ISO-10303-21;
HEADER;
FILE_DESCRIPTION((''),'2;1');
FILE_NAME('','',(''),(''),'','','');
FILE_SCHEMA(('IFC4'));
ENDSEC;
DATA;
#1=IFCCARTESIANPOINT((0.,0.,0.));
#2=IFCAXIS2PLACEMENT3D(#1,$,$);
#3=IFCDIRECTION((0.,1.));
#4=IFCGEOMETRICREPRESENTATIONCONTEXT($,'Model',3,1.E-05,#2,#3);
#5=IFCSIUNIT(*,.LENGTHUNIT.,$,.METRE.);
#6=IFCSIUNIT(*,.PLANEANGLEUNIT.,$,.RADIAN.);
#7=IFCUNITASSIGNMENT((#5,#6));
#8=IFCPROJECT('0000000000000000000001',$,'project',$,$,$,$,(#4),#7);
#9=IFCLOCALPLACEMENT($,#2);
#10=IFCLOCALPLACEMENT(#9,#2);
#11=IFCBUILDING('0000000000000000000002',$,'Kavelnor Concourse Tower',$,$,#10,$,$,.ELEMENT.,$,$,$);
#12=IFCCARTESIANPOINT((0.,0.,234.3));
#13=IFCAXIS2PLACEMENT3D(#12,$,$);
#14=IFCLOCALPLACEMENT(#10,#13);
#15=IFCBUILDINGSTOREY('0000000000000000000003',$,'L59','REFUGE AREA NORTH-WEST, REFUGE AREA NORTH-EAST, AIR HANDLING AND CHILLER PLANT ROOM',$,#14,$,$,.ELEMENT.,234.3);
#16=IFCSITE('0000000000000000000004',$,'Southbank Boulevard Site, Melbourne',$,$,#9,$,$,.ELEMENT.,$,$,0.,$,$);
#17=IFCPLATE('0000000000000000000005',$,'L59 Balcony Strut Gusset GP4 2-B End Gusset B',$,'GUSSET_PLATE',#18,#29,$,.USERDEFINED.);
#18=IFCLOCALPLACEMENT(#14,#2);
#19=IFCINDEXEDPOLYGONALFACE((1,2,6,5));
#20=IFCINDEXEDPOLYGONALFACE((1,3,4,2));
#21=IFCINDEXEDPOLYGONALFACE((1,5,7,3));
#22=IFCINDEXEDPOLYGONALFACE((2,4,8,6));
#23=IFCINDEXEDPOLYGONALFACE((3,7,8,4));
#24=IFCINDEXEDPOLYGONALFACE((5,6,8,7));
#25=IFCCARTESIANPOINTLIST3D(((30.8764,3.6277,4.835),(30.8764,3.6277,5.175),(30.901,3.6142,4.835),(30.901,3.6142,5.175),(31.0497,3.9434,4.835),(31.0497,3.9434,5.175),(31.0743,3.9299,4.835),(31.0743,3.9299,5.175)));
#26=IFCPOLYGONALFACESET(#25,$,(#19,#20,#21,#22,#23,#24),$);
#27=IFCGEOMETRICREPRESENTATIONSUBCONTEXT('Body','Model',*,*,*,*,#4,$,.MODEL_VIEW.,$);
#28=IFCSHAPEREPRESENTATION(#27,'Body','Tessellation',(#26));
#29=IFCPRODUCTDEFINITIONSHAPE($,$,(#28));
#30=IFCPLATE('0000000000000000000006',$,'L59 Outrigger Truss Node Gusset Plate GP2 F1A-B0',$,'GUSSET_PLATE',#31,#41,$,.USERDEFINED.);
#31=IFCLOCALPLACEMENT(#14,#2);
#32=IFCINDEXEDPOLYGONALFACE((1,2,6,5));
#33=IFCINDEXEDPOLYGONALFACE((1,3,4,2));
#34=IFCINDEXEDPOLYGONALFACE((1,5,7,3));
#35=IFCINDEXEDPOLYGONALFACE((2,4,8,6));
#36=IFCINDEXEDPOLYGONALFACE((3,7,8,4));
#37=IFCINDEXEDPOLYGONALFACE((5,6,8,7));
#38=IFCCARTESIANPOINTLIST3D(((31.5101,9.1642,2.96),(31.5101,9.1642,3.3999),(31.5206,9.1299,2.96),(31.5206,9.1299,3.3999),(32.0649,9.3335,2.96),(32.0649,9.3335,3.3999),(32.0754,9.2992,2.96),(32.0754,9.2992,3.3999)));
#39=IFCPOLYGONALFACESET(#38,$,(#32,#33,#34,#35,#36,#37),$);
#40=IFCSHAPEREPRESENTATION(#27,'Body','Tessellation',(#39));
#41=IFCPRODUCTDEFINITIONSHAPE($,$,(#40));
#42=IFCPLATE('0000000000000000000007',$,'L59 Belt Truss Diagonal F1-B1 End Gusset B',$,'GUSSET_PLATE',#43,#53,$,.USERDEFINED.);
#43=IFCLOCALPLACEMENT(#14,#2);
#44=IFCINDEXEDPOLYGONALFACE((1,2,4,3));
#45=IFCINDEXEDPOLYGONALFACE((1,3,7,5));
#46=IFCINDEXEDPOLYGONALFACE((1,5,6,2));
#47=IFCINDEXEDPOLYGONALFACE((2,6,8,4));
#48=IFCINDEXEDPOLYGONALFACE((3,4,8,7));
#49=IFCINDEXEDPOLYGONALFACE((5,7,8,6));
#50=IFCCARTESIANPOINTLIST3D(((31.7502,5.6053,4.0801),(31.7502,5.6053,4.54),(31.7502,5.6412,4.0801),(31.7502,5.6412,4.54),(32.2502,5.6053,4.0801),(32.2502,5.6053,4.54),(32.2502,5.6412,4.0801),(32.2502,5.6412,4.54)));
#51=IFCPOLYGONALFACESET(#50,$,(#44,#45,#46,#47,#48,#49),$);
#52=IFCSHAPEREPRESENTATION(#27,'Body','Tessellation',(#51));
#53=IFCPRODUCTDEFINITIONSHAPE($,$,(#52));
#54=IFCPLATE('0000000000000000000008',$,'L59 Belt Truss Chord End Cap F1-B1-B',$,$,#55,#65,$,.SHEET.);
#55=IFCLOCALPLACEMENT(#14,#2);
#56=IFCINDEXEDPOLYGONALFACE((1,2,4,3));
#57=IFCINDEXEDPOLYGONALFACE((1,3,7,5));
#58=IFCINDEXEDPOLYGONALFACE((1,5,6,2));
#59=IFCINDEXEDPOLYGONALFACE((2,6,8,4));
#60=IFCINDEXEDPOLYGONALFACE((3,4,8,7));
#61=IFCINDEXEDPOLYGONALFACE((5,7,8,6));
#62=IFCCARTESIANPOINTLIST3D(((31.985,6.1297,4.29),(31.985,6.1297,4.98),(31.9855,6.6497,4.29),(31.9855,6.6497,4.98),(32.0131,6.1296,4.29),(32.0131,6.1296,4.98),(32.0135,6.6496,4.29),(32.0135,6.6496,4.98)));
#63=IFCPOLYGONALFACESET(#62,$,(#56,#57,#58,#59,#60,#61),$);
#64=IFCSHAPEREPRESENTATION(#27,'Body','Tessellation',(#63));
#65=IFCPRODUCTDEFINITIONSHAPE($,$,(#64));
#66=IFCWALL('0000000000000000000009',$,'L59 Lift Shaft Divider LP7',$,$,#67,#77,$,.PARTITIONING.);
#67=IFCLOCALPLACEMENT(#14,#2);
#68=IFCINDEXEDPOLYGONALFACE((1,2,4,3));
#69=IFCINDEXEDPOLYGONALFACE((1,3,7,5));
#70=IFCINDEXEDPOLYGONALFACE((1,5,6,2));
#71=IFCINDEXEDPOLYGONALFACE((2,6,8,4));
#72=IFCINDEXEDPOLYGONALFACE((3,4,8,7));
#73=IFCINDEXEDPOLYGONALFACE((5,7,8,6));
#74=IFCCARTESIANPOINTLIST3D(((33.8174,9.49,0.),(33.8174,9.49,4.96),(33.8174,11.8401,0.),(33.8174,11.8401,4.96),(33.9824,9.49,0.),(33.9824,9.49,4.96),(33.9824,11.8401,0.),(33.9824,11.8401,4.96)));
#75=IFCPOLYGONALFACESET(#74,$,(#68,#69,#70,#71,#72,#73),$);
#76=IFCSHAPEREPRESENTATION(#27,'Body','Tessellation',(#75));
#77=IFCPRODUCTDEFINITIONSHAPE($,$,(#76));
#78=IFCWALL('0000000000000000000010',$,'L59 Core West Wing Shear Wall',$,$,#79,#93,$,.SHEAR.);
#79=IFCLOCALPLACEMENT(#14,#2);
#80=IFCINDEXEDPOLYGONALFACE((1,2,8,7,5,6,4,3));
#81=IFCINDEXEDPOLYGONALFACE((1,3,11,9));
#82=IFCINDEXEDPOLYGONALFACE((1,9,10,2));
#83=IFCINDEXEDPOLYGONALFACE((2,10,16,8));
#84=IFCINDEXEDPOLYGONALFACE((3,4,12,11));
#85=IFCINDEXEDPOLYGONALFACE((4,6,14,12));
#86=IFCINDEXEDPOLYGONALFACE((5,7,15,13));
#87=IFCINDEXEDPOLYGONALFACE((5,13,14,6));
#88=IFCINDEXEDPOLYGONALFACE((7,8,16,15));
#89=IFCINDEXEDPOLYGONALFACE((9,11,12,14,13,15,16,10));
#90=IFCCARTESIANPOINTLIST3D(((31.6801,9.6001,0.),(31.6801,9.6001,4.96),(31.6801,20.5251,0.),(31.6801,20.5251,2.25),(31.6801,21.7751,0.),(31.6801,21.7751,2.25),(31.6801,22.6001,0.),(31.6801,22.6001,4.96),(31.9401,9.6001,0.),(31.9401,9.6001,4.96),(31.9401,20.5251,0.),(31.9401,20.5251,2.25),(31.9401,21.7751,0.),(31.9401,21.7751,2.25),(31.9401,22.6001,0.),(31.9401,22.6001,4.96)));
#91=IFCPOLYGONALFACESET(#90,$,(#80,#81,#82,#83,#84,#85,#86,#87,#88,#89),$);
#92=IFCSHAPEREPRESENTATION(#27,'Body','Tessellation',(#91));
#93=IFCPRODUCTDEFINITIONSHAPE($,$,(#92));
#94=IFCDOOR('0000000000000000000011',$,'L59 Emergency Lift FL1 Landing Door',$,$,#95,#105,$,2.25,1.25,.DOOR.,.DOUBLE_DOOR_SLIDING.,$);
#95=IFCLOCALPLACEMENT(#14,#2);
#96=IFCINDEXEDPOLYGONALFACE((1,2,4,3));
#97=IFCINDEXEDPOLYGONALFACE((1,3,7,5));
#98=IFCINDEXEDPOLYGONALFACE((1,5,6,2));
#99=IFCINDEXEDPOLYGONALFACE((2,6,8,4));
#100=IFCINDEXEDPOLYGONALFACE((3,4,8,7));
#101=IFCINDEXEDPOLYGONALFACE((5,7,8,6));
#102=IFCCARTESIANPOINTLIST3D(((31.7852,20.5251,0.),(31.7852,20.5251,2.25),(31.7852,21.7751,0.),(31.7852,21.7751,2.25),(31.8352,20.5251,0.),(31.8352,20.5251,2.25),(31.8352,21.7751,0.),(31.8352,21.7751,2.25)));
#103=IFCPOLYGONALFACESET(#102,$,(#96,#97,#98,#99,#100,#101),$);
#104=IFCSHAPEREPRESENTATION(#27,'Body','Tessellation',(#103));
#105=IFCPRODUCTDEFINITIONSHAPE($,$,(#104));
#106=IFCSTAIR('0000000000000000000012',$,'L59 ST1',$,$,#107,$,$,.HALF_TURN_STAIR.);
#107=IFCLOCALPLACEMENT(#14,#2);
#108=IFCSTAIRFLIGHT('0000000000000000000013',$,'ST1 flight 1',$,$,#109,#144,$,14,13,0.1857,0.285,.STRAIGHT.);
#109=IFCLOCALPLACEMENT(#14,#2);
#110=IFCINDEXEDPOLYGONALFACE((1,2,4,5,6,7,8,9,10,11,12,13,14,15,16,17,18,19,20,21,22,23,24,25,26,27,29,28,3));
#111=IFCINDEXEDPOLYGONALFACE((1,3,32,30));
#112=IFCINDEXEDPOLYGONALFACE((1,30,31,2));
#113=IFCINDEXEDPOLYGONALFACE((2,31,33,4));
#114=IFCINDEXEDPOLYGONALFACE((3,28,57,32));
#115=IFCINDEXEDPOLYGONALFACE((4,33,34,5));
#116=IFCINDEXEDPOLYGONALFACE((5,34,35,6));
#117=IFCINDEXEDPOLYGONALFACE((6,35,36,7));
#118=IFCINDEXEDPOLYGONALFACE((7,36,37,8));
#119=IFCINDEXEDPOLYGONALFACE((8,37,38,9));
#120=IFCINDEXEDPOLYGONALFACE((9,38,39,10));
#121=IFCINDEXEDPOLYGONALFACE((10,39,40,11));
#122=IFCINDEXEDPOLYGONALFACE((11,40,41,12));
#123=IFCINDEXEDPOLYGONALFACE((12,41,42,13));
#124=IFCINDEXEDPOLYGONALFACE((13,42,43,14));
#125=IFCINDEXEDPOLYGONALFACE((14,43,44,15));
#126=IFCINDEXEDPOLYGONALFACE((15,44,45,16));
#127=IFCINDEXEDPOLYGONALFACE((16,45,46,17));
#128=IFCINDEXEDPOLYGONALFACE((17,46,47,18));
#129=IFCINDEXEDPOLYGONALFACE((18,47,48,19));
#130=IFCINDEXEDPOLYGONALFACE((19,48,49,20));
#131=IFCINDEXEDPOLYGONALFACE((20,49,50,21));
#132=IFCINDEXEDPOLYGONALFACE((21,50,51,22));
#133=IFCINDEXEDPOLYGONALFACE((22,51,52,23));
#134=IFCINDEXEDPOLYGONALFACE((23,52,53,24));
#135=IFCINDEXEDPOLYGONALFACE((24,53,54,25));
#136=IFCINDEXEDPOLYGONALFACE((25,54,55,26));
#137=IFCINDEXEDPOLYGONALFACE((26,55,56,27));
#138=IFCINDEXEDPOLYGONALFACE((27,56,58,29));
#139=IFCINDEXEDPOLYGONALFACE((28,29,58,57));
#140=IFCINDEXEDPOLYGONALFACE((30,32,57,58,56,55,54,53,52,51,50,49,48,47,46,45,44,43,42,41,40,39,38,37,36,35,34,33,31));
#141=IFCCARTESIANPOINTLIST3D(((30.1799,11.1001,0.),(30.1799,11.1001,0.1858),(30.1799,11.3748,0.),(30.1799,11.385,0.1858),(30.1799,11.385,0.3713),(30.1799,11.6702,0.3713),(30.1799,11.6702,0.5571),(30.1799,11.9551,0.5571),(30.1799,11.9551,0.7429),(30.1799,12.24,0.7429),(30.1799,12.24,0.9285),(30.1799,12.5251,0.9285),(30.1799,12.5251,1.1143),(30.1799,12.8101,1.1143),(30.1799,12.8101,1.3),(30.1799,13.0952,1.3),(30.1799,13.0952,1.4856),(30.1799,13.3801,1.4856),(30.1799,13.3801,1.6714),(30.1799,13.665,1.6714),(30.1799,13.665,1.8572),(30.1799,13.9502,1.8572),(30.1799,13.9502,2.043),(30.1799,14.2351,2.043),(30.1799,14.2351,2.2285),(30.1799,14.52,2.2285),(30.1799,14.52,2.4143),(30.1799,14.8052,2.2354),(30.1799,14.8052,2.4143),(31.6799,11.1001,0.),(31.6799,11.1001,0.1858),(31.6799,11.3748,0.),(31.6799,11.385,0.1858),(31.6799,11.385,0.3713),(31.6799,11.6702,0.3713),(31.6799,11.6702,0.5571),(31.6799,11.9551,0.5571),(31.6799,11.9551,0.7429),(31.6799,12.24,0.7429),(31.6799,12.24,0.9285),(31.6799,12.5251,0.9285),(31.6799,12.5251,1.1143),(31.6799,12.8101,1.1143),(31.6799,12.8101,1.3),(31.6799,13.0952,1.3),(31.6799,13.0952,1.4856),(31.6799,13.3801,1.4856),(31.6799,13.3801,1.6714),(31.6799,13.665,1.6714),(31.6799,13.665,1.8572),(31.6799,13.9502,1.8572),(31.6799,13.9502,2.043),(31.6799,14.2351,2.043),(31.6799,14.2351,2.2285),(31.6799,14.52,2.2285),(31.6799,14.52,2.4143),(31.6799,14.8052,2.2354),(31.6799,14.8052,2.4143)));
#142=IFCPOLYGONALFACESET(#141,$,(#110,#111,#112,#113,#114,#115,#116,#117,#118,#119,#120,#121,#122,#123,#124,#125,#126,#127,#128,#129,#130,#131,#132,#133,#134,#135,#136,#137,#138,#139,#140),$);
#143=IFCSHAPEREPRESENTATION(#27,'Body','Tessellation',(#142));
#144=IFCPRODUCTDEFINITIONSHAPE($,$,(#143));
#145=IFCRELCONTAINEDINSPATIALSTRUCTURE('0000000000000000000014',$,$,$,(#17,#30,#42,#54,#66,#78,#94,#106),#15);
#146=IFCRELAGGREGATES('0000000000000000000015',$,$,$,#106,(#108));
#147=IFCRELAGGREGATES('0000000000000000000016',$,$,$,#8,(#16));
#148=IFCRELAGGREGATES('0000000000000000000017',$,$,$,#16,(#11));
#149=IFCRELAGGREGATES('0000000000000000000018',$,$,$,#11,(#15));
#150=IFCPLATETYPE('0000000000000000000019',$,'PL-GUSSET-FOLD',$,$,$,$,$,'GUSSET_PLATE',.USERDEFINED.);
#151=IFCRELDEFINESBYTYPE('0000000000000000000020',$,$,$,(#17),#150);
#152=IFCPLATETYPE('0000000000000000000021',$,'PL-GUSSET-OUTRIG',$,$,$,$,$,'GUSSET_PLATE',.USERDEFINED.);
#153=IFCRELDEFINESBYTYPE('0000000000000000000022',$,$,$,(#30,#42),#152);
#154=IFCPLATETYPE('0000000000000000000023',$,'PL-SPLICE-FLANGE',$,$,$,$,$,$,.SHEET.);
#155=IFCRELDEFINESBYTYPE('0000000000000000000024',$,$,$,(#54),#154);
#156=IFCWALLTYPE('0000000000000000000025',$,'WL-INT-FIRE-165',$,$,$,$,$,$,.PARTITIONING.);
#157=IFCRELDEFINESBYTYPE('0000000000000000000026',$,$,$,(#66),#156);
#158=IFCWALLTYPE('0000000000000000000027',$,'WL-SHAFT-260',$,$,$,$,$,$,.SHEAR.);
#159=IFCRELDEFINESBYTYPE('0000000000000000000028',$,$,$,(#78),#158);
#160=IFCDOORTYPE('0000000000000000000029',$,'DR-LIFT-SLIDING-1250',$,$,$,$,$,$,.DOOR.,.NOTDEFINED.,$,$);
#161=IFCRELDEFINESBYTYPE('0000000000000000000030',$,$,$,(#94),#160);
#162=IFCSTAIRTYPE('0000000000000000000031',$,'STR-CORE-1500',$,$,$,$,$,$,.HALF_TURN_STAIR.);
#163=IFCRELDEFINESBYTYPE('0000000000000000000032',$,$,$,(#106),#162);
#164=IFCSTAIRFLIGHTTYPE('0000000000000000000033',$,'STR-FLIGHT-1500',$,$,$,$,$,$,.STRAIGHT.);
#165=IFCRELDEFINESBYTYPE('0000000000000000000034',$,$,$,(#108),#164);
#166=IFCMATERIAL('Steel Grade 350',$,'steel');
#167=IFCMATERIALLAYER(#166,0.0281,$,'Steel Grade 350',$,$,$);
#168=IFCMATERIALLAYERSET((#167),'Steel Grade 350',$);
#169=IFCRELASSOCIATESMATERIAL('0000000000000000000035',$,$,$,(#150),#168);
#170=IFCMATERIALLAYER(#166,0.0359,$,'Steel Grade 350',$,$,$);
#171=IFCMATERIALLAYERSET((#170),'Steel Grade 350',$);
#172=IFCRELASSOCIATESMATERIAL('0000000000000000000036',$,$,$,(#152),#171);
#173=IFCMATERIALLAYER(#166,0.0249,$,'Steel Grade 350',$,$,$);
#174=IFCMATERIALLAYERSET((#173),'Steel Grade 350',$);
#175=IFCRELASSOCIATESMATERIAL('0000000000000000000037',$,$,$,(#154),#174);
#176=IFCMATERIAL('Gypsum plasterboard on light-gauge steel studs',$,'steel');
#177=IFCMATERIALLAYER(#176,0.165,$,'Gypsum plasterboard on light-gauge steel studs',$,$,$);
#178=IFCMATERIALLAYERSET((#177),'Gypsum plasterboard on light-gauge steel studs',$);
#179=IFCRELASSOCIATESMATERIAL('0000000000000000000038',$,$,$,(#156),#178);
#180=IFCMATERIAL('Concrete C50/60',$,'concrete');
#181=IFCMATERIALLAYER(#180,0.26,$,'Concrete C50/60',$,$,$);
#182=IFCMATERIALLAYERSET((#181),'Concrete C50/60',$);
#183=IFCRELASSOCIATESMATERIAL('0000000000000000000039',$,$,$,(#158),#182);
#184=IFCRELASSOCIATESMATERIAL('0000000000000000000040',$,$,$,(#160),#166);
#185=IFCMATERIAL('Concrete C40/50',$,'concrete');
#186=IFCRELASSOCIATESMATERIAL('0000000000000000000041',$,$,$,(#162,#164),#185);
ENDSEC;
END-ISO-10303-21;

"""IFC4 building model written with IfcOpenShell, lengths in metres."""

from ifc_helpers import new_model, si_unit, direction, frame, frame_2d, origin, origin_2d, place, context, subcontext, project, spatial, polyline, rectangle, outline, extrude, material, layer, layer_set, type_object, element, fill, aggregate, save


model = new_model("IFC4")

# Units and contexts
model_context = context("Model", 3, precision=1e-05, world=origin(), true_north=direction((0.0, 1.0)))
body_context = subcontext(model_context, "Body", "Model", "MODEL_VIEW")
ifc_project = project(units=[si_unit("LENGTHUNIT", "METRE"), si_unit("PLANEANGLEUNIT", "RADIAN")], contexts=[model_context])

# Site, building, storey
site_placement = place(None, origin())
site = spatial("IfcSite", under=ifc_project, at=site_placement, Name="Southbank Boulevard Site, Melbourne", CompositionType="ELEMENT", RefElevation=0.0)
building_placement = place(site_placement, origin())
building = spatial("IfcBuilding", under=site, at=building_placement, Name="Kavelnor Concourse Tower", CompositionType="ELEMENT")
storey_placement = place(building_placement, frame((0.0, 0.0, 234.3)))
storey = spatial("IfcBuildingStorey", under=building, at=storey_placement, Name="L59", Description="REFUGE AREA NORTH-WEST, REFUGE AREA NORTH-EAST, AIR HANDLING AND CHILLER PLANT ROOM", CompositionType="ELEMENT", Elevation=234.3)

# Shared definitions
ifc_material_1 = material(Name="Steel Grade 350", Category="steel")

# Plates
ifc_layer_1 = layer(ifc_material_1, 0.0281, Name="Steel Grade 350")
ifc_layer_set_1 = layer_set([ifc_layer_1], Name="Steel Grade 350")
plate_type_1 = type_object("IfcPlateType", Name="PL-GUSSET-FOLD", ElementType="GUSSET_PLATE", PredefinedType="USERDEFINED", material=ifc_layer_set_1)
for number, where, z_axis, x_axis, name in (
    (1, (30.9753, 3.7788, 4.835), (0.0, 0.0, 1.0), (-0.481295, -0.876559, 0.0), "L59 Balcony Strut Gusset GP4 2-B End Gusset B"),
):
    element("IfcPlate", number, at=place(storey_placement, frame(where, z_axis=z_axis, x_axis=x_axis)), inside=storey, type_object=plate_type_1, Name=name, ObjectType="GUSSET_PLATE", PredefinedType="USERDEFINED", context=body_context, shape_type="SweptSolid", body=[
        extrude(rectangle(XDim=0.3601, YDim=0.0281, at=origin_2d()), origin(), (0.0, 0.0, 1.0), 0.3401),
    ])
ifc_layer_2 = layer(ifc_material_1, 0.0359, Name="Steel Grade 350")
ifc_layer_set_2 = layer_set([ifc_layer_2], Name="Steel Grade 350")
plate_type_2 = type_object("IfcPlateType", Name="PL-GUSSET-OUTRIG", ElementType="GUSSET_PLATE", PredefinedType="USERDEFINED", material=ifc_layer_set_2)
plate_1_placement = place(storey_placement, frame((31.7927, 9.2317, 2.96), z_axis=(0.0, 0.0, 1.0), x_axis=(-0.956458, -0.291871, 0.0)))
element("IfcPlate", 2, at=plate_1_placement, inside=storey, type_object=plate_type_2, Name="L59 Outrigger Truss Node Gusset Plate GP2 F1A-B0", ObjectType="GUSSET_PLATE", PredefinedType="USERDEFINED", context=body_context, shape_type="SweptSolid", body=[
    extrude(rectangle(XDim=0.5801, YDim=0.0359, at=origin_2d()), origin(), (0.0, 0.0, 1.0), 0.4399),
])
plate_2_placement = place(storey_placement, frame((32.0002, 5.6233, 4.0801), z_axis=(0.0, 0.0, 1.0), x_axis=(1.0, 0.0, 0.0)))
element("IfcPlate", 3, at=plate_2_placement, inside=storey, type_object=plate_type_2, Name="L59 Belt Truss Diagonal F1-B1 End Gusset B", ObjectType="GUSSET_PLATE", PredefinedType="USERDEFINED", context=body_context, shape_type="SweptSolid", body=[
    extrude(rectangle(XDim=0.5, YDim=0.0359, at=origin_2d()), origin(), (0.0, 0.0, 1.0), 0.46),
])
ifc_layer_3 = layer(ifc_material_1, 0.0249, Name="Steel Grade 350")
ifc_layer_set_3 = layer_set([ifc_layer_3], Name="Steel Grade 350")
plate_type_3 = type_object("IfcPlateType", Name="PL-SPLICE-FLANGE", PredefinedType="SHEET", material=ifc_layer_set_3)
plate_3_placement = place(storey_placement, frame((31.9993, 6.3896, 4.29), z_axis=(0.0, 0.0, 1.0), x_axis=(0.000873, 1.0, 0.0)))
element("IfcPlate", 4, at=plate_3_placement, inside=storey, type_object=plate_type_3, Name="L59 Belt Truss Chord End Cap F1-B1-B", PredefinedType="SHEET", context=body_context, shape_type="SweptSolid", body=[
    extrude(rectangle(XDim=0.52, YDim=0.0281, at=origin_2d()), origin(), (0.0, 0.0, 1.0), 0.6899),
])

# Wall
ifc_material_2 = material(Name="Gypsum plasterboard on light-gauge steel studs", Category="steel")
ifc_layer_4 = layer(ifc_material_2, 0.165, Name="Gypsum plasterboard on light-gauge steel studs")
ifc_layer_set_4 = layer_set([ifc_layer_4], Name="Gypsum plasterboard on light-gauge steel studs")
wall_type_1 = type_object("IfcWallType", Name="WL-INT-FIRE-165", PredefinedType="PARTITIONING", material=ifc_layer_set_4)
wall_1_placement = place(storey_placement, frame((33.8999, 9.49, 0.0), z_axis=(0.0, 0.0, 1.0), x_axis=(0.0, 1.0, 0.0)))
element("IfcWall", 5, at=wall_1_placement, inside=storey, type_object=wall_type_1, Name="L59 Lift Shaft Divider LP7", PredefinedType="PARTITIONING", context=body_context, shape_type="SweptSolid", body=[
    extrude(rectangle(XDim=2.3501, YDim=0.165, at=frame_2d((1.175, 0.0))), origin(), (0.0, 0.0, 1.0), 4.96),
])

# Wall, opening, door
ifc_material_3 = material(Name="Concrete C50/60", Category="concrete")
ifc_layer_5 = layer(ifc_material_3, 0.26, Name="Concrete C50/60")
ifc_layer_set_5 = layer_set([ifc_layer_5], Name="Concrete C50/60")
wall_type_2 = type_object("IfcWallType", Name="WL-SHAFT-260", PredefinedType="SHEAR", material=ifc_layer_set_5)
wall_2_placement = place(storey_placement, frame((31.8101, 9.6001, 0.0), z_axis=(0.0, 0.0, 1.0), x_axis=(0.0, 1.0, 0.0)))
wall_2 = element("IfcWall", 6, at=wall_2_placement, inside=storey, type_object=wall_type_2, Name="L59 Core West Wing Shear Wall", PredefinedType="SHEAR", context=body_context, shape_type="SweptSolid", body=[
    extrude(rectangle(XDim=13.0, YDim=0.26, at=frame_2d((6.5, 0.0))), origin(), (0.0, 0.0, 1.0), 4.96),
])
opening_placement = place(wall_2_placement, frame((10.925, 0.0, 0.0)))
opening = element("IfcOpeningElement", 7, at=opening_placement, cuts=wall_2, PredefinedType="OPENING", context=body_context, shape_type="SweptSolid", body=[
    extrude(rectangle(XDim=1.25, YDim=2.25, at=frame_2d((0.625, 1.125))), frame((0.0, 0.1401, 0.0), z_axis=(0.0, -1.0, 0.0), x_axis=(1.0, 0.0, 0.0)), (0.0, 0.0, 1.0), 0.28),
])
door_type = type_object("IfcDoorType", Name="DR-LIFT-SLIDING-1250", OperationType="NOTDEFINED", PredefinedType="DOOR", material=ifc_material_1)
door_placement = place(opening_placement, origin())
door = element("IfcDoor", 8, at=door_placement, inside=storey, type_object=door_type, Name="L59 Emergency Lift FL1 Landing Door", OperationType="DOUBLE_DOOR_SLIDING", OverallHeight=2.25, OverallWidth=1.25, PredefinedType="DOOR", context=body_context, shape_type="SweptSolid", body=[
    extrude(rectangle(XDim=1.25, YDim=2.25, at=frame_2d((0.625, 1.125))), frame((0.0, 0.0249, 0.0), z_axis=(0.0, -1.0, 0.0), x_axis=(1.0, 0.0, 0.0)), (0.0, 0.0, 1.0), 0.05),
])
fill(opening, door)

# Stair, stair flight
ifc_material_4 = material(Name="Concrete C40/50", Category="concrete")
stair_type = type_object("IfcStairType", Name="STR-CORE-1500", PredefinedType="HALF_TURN_STAIR", material=ifc_material_4)
stair_placement = place(storey_placement, origin())
stair = element("IfcStair", 9, at=stair_placement, inside=storey, type_object=stair_type, Name="L59 ST1", PredefinedType="HALF_TURN_STAIR")
stair_flight_type = type_object("IfcStairFlightType", Name="STR-FLIGHT-1500", PredefinedType="STRAIGHT", material=ifc_material_4)
stair_flight_placement = place(storey_placement, frame((30.9299, 11.1001, 0.0), z_axis=(0.0, 0.0, 1.0), x_axis=(0.0, 1.0, 0.0)))
stair_flight = element("IfcStairFlight", 10, at=stair_flight_placement, type_object=stair_flight_type, Name="ST1 flight 1", NumberOfRisers=14, NumberOfTreads=13, PredefinedType="STRAIGHT", RiserHeight=0.1857, TreadLength=0.285, context=body_context, shape_type="SweptSolid", body=[
    extrude(outline(polyline([(0.0, 0.0), (0.0, 0.1858), (0.2849, 0.1858), (0.2849, 0.3713), (0.5701, 0.3713), (0.5701, 0.5571), (0.855, 0.5571), (0.855, 0.7429), (1.1399, 0.7429), (1.1399, 0.9285), (1.425, 0.9285), (1.425, 1.1143), (1.71, 1.1143), (1.71, 1.3), (1.9951, 1.3), (1.9951, 1.4856), (2.28, 1.4856), (2.28, 1.6714), (2.5649, 1.6714), (2.5649, 1.8572), (2.8501, 1.8572), (2.8501, 2.043), (3.135, 2.043), (3.135, 2.2285), (3.4199, 2.2285), (3.4199, 2.4143), (3.7051, 2.4143), (3.7051, 2.6001), (3.7051, 2.2354), (0.2747, 0.0), (0.0, 0.0)])), frame((0.0, 0.75, 0.0), z_axis=(0.0, -1.0, 0.0), x_axis=(1.0, 0.0, 0.0)), (0.0, 0.0, 1.0), 1.5),
])
aggregate(stair, [stair_flight])

save(model, "model.ifc")
